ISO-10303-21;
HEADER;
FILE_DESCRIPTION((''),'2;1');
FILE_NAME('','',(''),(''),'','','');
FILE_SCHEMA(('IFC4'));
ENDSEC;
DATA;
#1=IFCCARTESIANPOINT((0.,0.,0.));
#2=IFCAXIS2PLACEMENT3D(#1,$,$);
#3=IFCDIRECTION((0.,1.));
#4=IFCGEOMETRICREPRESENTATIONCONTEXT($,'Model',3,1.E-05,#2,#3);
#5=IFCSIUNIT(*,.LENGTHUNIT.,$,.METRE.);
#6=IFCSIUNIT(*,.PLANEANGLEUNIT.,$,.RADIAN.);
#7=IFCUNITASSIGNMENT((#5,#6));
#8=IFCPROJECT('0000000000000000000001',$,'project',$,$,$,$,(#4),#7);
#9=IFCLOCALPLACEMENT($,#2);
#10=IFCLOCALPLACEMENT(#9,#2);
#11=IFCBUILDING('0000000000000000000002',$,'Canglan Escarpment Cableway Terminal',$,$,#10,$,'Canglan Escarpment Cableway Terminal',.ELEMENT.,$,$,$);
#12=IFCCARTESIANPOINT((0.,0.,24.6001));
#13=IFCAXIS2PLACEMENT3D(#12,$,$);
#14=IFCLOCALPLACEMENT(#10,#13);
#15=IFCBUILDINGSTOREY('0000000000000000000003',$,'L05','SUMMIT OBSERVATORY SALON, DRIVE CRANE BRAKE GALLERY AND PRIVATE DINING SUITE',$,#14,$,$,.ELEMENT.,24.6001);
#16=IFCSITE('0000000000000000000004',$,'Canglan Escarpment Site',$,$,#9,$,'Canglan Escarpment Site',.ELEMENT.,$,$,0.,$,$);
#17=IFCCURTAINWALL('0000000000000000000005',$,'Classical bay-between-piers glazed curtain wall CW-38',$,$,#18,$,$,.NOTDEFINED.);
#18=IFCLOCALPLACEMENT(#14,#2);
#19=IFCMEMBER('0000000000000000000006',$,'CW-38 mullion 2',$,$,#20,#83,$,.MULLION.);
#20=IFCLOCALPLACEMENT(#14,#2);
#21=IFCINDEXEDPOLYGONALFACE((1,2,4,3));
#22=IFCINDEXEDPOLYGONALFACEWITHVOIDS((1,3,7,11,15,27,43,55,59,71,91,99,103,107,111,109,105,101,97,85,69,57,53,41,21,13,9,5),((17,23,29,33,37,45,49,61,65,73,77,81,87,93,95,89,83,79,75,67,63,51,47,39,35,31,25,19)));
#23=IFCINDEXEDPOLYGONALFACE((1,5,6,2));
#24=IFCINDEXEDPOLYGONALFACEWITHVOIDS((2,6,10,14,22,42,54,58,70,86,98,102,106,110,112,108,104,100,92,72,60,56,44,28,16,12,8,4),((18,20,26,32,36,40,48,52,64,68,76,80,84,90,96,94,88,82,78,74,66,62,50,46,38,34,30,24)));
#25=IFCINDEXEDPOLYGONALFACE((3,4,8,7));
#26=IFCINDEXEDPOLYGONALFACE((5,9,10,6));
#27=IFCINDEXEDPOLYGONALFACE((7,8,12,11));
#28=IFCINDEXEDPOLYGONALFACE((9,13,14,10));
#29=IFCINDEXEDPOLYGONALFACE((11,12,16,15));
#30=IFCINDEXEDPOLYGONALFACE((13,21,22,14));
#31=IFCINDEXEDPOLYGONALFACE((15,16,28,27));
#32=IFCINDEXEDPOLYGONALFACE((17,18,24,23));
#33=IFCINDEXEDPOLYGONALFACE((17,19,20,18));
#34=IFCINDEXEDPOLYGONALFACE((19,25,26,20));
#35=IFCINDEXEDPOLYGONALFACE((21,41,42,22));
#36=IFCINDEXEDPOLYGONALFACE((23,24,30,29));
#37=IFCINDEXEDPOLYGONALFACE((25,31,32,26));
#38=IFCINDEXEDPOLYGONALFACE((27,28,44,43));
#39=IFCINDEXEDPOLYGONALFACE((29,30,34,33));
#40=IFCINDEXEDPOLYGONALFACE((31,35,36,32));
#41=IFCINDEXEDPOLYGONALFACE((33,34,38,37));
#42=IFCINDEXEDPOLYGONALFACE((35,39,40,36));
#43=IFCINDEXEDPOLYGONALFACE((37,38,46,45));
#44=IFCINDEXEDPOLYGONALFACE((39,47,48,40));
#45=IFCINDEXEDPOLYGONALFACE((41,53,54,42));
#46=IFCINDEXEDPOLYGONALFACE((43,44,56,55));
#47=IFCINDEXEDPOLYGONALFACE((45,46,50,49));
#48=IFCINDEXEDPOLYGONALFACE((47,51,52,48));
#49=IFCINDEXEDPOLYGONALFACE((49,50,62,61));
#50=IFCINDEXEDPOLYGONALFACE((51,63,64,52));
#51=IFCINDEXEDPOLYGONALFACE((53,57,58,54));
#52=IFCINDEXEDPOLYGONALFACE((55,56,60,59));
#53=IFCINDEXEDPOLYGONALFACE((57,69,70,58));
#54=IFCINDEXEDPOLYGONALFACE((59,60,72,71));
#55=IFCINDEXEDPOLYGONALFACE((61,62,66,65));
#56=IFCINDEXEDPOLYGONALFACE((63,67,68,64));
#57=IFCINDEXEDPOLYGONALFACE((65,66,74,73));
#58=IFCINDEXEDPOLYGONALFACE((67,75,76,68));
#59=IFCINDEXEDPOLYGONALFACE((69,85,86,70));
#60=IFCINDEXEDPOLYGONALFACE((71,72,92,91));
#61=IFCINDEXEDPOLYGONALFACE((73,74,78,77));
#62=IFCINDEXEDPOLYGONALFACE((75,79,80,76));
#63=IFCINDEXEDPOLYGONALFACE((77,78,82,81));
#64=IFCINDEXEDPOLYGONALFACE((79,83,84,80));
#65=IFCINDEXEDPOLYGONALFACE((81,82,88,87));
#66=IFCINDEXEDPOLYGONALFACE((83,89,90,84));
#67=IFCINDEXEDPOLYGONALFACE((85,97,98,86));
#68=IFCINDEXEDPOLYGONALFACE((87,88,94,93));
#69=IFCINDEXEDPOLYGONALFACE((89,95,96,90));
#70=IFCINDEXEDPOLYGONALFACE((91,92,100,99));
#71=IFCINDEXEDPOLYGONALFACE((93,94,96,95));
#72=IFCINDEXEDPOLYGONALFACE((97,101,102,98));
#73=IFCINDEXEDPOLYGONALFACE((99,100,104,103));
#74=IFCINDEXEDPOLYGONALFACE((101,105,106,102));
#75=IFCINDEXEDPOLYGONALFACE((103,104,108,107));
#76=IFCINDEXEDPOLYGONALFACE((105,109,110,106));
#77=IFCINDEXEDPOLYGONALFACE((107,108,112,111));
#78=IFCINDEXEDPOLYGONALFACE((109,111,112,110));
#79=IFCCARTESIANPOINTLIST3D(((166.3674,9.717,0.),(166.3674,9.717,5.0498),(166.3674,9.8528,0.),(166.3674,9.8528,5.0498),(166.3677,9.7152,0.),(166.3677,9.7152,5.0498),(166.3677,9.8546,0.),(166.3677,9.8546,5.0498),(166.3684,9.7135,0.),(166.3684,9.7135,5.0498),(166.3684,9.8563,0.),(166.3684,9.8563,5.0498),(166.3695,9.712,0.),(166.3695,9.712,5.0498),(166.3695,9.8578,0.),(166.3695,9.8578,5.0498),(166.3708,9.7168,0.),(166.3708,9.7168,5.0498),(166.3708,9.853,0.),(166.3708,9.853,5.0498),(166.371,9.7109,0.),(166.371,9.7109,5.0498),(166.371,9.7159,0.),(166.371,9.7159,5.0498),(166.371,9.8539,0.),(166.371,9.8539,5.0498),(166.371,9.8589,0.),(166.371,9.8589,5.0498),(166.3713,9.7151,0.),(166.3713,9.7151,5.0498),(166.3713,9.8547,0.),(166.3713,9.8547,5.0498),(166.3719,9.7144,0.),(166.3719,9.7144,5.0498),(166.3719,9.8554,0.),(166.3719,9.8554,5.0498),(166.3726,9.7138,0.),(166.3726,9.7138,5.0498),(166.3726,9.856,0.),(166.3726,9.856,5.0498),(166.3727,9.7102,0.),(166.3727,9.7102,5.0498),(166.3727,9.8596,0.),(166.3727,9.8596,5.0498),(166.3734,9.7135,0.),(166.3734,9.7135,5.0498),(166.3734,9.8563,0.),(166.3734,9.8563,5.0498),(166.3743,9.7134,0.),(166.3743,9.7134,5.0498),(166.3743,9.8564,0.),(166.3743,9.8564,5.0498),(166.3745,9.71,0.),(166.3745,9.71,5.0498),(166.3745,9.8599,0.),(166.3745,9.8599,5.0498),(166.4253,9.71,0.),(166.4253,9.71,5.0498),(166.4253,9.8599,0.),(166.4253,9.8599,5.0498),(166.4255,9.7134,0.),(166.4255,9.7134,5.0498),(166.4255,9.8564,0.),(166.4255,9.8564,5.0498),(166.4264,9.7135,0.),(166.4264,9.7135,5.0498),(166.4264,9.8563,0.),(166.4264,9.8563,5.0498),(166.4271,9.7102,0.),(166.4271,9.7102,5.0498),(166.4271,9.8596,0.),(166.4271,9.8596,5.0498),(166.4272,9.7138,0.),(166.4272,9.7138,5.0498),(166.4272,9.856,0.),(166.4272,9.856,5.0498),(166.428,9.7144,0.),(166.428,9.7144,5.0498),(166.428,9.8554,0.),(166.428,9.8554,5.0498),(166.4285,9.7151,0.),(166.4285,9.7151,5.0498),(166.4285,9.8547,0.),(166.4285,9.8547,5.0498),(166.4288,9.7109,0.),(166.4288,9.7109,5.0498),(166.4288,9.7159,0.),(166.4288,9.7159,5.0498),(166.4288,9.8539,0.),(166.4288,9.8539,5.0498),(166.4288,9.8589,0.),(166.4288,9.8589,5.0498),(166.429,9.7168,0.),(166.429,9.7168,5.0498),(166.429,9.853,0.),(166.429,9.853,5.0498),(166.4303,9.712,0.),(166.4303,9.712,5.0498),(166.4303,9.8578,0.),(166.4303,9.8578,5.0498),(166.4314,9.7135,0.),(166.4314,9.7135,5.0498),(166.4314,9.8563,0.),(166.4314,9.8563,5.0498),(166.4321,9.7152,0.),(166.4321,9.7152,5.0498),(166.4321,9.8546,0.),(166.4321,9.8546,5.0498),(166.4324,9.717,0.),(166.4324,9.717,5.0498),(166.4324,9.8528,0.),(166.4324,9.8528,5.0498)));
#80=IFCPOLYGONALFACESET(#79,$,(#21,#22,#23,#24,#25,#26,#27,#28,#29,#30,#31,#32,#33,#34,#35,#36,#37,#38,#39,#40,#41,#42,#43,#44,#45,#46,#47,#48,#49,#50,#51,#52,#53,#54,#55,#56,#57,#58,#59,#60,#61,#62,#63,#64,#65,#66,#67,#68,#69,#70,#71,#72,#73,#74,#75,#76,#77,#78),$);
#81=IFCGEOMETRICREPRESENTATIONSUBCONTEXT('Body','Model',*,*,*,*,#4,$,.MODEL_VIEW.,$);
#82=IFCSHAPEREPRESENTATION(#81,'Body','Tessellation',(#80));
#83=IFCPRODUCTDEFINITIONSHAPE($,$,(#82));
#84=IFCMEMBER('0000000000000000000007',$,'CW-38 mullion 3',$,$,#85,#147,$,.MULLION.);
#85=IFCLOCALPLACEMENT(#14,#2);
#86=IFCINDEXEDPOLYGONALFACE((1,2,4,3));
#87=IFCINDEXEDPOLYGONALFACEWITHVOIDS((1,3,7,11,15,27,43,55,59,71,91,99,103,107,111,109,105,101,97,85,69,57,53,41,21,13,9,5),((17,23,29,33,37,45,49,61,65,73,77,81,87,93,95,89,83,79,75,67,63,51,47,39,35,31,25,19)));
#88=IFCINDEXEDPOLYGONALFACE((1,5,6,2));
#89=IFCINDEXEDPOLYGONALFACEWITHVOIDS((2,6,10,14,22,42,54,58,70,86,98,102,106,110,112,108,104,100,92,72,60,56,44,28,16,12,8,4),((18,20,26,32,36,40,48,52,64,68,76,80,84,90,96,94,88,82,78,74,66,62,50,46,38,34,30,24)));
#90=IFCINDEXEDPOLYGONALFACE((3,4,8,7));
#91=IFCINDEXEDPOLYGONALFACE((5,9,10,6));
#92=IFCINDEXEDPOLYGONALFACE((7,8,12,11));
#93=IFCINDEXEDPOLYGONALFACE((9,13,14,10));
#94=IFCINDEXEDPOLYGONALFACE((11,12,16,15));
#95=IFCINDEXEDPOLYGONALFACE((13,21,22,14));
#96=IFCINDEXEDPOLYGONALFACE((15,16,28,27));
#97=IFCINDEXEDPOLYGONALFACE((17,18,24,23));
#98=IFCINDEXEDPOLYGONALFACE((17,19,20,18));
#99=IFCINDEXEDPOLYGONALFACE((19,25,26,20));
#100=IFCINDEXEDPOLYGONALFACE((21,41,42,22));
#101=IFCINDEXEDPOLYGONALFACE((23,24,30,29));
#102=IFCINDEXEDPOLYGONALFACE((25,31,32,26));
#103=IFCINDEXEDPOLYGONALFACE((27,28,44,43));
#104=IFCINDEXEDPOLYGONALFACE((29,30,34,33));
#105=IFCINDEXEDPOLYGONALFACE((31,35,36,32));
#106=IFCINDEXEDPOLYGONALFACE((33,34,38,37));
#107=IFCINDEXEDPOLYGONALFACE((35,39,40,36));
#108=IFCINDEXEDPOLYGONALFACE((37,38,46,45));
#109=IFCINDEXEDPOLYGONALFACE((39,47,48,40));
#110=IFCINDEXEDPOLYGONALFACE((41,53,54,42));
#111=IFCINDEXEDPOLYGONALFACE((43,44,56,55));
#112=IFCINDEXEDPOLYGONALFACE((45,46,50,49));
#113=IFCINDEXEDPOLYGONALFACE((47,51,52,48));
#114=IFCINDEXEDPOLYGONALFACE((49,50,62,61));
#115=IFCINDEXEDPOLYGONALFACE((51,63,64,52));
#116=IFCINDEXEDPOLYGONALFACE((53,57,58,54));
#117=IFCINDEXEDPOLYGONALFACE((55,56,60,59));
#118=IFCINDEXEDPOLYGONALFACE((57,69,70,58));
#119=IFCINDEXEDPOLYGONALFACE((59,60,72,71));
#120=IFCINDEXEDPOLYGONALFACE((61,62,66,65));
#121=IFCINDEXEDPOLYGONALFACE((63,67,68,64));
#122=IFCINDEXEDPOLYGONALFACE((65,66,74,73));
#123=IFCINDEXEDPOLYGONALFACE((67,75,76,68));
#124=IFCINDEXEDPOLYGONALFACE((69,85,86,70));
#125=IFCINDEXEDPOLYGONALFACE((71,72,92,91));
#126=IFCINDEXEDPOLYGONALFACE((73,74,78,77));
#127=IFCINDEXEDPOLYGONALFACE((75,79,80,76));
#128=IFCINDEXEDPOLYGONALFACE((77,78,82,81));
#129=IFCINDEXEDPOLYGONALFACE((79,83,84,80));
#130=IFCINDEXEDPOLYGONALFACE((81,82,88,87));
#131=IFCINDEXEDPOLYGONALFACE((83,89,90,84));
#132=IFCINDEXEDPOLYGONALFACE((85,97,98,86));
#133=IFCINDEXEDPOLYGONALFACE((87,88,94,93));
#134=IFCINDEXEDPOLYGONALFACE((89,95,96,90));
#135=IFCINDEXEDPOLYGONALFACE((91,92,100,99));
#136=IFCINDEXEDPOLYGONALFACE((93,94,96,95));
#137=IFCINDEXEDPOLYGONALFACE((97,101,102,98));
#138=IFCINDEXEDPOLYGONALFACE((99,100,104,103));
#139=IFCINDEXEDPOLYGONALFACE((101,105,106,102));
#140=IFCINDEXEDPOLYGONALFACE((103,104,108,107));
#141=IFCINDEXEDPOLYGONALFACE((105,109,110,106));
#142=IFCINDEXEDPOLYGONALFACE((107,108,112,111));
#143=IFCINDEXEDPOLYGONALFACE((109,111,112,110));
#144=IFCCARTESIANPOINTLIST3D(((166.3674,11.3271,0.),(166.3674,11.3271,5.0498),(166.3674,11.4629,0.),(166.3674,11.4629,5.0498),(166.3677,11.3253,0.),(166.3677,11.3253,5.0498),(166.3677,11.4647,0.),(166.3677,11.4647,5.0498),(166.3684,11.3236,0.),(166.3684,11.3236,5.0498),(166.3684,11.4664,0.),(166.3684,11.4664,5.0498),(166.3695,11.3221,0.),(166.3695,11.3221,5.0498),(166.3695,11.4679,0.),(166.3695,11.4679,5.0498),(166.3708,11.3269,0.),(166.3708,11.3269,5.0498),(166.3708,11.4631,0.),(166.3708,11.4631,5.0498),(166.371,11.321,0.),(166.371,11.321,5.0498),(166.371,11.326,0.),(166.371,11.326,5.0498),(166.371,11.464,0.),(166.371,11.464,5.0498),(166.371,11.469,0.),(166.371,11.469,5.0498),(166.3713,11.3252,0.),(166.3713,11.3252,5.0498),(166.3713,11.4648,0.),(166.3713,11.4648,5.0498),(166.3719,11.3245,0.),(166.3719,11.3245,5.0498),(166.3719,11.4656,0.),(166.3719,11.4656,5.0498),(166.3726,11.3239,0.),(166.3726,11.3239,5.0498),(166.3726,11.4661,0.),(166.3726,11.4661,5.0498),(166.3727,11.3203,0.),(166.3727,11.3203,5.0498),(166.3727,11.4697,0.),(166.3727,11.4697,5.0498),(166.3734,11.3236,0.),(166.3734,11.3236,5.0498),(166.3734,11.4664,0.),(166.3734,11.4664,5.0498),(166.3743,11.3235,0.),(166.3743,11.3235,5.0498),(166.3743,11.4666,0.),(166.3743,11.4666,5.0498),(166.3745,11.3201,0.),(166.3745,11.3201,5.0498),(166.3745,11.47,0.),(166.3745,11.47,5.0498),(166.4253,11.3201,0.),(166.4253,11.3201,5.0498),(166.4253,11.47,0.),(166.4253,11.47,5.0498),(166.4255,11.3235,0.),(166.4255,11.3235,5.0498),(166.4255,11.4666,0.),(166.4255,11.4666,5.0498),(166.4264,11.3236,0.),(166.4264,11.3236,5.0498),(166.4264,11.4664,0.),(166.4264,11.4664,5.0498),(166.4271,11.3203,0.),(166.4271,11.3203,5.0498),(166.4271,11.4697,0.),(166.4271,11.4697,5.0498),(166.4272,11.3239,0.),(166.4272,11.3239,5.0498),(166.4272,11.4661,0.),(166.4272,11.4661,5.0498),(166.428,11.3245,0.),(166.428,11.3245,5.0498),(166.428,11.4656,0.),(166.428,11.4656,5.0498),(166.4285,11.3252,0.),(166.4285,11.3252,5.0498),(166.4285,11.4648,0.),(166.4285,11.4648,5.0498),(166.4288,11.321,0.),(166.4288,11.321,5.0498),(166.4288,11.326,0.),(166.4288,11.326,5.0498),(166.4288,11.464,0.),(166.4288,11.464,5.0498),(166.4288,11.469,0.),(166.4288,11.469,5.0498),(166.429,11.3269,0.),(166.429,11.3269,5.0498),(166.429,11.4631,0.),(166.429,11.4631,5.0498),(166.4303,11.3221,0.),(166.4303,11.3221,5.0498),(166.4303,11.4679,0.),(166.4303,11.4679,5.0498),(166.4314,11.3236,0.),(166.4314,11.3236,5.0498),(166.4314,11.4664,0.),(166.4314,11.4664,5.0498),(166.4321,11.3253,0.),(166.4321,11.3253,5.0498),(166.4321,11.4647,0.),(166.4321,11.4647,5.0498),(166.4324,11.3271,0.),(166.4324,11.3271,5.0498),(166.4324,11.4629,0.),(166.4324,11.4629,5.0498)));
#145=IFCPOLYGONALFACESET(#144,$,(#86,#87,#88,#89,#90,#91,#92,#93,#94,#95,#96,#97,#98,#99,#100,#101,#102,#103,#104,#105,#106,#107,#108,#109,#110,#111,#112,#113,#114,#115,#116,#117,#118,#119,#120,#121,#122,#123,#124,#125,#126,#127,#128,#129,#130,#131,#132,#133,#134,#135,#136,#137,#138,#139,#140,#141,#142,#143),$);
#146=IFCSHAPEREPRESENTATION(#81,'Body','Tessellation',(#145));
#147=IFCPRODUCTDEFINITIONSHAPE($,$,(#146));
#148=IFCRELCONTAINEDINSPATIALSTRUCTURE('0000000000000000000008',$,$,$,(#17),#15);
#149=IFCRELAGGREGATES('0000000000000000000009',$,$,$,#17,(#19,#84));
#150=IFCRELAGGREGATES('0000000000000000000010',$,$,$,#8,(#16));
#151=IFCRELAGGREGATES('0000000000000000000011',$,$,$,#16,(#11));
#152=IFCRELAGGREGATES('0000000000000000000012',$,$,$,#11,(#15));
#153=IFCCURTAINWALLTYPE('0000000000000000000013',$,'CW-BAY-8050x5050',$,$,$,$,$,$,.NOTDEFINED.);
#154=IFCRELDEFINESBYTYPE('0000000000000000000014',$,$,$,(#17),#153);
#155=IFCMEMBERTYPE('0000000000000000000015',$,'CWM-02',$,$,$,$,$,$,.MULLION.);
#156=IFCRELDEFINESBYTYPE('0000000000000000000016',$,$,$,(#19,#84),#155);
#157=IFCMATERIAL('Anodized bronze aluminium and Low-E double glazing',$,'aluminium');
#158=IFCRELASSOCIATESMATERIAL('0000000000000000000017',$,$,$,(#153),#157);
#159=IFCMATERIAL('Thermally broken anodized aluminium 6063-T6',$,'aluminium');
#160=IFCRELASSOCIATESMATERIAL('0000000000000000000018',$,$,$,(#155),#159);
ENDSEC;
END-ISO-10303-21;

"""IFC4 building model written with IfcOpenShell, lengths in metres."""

from ifc_helpers import new_model, si_unit, direction, frame, origin, origin_2d, place, context, subcontext, project, spatial, hollow_rectangle, extrude, material, material_profile, profile_set, type_object, element, aggregate, save


model = new_model("IFC4")

# Units and contexts
model_context = context("Model", 3, precision=1e-05, world=origin(), true_north=direction((0.0, 1.0)))
body_context = subcontext(model_context, "Body", "Model", "MODEL_VIEW")
ifc_project = project(units=[si_unit("LENGTHUNIT", "METRE"), si_unit("PLANEANGLEUNIT", "RADIAN")], contexts=[model_context])

# Site, building, storey
site_placement = place(None, origin())
site = spatial("IfcSite", under=ifc_project, at=site_placement, Name="Canglan Escarpment Site", LongName="Canglan Escarpment Site", CompositionType="ELEMENT", RefElevation=0.0)
building_placement = place(site_placement, origin())
building = spatial("IfcBuilding", under=site, at=building_placement, Name="Canglan Escarpment Cableway Terminal", LongName="Canglan Escarpment Cableway Terminal", CompositionType="ELEMENT")
storey_placement = place(building_placement, frame((0.0, 0.0, 24.6001)))
storey = spatial("IfcBuildingStorey", under=building, at=storey_placement, Name="L05", Description="SUMMIT OBSERVATORY SALON, DRIVE CRANE BRAKE GALLERY AND PRIVATE DINING SUITE", CompositionType="ELEMENT", Elevation=24.6001)

# Curtain wall, members
ifc_material_1 = material(Name="Anodized bronze aluminium and Low-E double glazing", Category="aluminium")
curtain_wall_type_1 = type_object("IfcCurtainWallType", Name="CW-BAY-8050x5050", PredefinedType="NOTDEFINED", material=ifc_material_1)
curtain_wall_1_placement = place(storey_placement, origin())
curtain_wall_1 = element("IfcCurtainWall", 1, at=curtain_wall_1_placement, inside=storey, type_object=curtain_wall_type_1, Name="Classical bay-between-piers glazed curtain wall CW-38", PredefinedType="NOTDEFINED")
ifc_material_2 = material(Name="Thermally broken anodized aluminium 6063-T6", Category="aluminium")
ifc_material_profile_1 = material_profile(ifc_material_2, hollow_rectangle(XDim=0.0649, YDim=0.1499, WallThickness=0.0034, InnerFilletRadius=0.0034, OuterFilletRadius=0.0071, at=origin_2d()), Name="ALU-MULL 65x150x3.5")
ifc_profile_set_1 = profile_set([ifc_material_profile_1], Name="Thermally broken anodized aluminium 6063-T6")
member_type_1 = type_object("IfcMemberType", Name="CWM-02", PredefinedType="MULLION", material=ifc_profile_set_1)
member_1_placement = place(storey_placement, frame((166.3999, 9.7849, 0.0), z_axis=(0.0, 0.0, 1.0), x_axis=(-1.0, 0.0, 0.0)))
member_1 = element("IfcMember", 2, at=member_1_placement, type_object=member_type_1, Name="CW-38 mullion 2", PredefinedType="MULLION", context=body_context, shape_type="SweptSolid", body=[
    extrude(hollow_rectangle(XDim=0.0649, YDim=0.1499, WallThickness=0.0034, InnerFilletRadius=0.0034, OuterFilletRadius=0.0071, at=origin_2d()), origin(), (0.0, 0.0, 1.0), 5.0498),
])
member_2_placement = place(storey_placement, frame((166.3999, 11.395, 0.0), z_axis=(0.0, 0.0, 1.0), x_axis=(-1.0, 0.0, 0.0)))
member_2 = element("IfcMember", 3, at=member_2_placement, type_object=member_type_1, Name="CW-38 mullion 3", PredefinedType="MULLION", context=body_context, shape_type="SweptSolid", body=[
    extrude(hollow_rectangle(XDim=0.0649, YDim=0.1499, WallThickness=0.0034, InnerFilletRadius=0.0034, OuterFilletRadius=0.0071, at=origin_2d()), origin(), (0.0, 0.0, 1.0), 5.0498),
])

aggregate(curtain_wall_1, [member_1, member_2])

save(model, "model.ifc")
